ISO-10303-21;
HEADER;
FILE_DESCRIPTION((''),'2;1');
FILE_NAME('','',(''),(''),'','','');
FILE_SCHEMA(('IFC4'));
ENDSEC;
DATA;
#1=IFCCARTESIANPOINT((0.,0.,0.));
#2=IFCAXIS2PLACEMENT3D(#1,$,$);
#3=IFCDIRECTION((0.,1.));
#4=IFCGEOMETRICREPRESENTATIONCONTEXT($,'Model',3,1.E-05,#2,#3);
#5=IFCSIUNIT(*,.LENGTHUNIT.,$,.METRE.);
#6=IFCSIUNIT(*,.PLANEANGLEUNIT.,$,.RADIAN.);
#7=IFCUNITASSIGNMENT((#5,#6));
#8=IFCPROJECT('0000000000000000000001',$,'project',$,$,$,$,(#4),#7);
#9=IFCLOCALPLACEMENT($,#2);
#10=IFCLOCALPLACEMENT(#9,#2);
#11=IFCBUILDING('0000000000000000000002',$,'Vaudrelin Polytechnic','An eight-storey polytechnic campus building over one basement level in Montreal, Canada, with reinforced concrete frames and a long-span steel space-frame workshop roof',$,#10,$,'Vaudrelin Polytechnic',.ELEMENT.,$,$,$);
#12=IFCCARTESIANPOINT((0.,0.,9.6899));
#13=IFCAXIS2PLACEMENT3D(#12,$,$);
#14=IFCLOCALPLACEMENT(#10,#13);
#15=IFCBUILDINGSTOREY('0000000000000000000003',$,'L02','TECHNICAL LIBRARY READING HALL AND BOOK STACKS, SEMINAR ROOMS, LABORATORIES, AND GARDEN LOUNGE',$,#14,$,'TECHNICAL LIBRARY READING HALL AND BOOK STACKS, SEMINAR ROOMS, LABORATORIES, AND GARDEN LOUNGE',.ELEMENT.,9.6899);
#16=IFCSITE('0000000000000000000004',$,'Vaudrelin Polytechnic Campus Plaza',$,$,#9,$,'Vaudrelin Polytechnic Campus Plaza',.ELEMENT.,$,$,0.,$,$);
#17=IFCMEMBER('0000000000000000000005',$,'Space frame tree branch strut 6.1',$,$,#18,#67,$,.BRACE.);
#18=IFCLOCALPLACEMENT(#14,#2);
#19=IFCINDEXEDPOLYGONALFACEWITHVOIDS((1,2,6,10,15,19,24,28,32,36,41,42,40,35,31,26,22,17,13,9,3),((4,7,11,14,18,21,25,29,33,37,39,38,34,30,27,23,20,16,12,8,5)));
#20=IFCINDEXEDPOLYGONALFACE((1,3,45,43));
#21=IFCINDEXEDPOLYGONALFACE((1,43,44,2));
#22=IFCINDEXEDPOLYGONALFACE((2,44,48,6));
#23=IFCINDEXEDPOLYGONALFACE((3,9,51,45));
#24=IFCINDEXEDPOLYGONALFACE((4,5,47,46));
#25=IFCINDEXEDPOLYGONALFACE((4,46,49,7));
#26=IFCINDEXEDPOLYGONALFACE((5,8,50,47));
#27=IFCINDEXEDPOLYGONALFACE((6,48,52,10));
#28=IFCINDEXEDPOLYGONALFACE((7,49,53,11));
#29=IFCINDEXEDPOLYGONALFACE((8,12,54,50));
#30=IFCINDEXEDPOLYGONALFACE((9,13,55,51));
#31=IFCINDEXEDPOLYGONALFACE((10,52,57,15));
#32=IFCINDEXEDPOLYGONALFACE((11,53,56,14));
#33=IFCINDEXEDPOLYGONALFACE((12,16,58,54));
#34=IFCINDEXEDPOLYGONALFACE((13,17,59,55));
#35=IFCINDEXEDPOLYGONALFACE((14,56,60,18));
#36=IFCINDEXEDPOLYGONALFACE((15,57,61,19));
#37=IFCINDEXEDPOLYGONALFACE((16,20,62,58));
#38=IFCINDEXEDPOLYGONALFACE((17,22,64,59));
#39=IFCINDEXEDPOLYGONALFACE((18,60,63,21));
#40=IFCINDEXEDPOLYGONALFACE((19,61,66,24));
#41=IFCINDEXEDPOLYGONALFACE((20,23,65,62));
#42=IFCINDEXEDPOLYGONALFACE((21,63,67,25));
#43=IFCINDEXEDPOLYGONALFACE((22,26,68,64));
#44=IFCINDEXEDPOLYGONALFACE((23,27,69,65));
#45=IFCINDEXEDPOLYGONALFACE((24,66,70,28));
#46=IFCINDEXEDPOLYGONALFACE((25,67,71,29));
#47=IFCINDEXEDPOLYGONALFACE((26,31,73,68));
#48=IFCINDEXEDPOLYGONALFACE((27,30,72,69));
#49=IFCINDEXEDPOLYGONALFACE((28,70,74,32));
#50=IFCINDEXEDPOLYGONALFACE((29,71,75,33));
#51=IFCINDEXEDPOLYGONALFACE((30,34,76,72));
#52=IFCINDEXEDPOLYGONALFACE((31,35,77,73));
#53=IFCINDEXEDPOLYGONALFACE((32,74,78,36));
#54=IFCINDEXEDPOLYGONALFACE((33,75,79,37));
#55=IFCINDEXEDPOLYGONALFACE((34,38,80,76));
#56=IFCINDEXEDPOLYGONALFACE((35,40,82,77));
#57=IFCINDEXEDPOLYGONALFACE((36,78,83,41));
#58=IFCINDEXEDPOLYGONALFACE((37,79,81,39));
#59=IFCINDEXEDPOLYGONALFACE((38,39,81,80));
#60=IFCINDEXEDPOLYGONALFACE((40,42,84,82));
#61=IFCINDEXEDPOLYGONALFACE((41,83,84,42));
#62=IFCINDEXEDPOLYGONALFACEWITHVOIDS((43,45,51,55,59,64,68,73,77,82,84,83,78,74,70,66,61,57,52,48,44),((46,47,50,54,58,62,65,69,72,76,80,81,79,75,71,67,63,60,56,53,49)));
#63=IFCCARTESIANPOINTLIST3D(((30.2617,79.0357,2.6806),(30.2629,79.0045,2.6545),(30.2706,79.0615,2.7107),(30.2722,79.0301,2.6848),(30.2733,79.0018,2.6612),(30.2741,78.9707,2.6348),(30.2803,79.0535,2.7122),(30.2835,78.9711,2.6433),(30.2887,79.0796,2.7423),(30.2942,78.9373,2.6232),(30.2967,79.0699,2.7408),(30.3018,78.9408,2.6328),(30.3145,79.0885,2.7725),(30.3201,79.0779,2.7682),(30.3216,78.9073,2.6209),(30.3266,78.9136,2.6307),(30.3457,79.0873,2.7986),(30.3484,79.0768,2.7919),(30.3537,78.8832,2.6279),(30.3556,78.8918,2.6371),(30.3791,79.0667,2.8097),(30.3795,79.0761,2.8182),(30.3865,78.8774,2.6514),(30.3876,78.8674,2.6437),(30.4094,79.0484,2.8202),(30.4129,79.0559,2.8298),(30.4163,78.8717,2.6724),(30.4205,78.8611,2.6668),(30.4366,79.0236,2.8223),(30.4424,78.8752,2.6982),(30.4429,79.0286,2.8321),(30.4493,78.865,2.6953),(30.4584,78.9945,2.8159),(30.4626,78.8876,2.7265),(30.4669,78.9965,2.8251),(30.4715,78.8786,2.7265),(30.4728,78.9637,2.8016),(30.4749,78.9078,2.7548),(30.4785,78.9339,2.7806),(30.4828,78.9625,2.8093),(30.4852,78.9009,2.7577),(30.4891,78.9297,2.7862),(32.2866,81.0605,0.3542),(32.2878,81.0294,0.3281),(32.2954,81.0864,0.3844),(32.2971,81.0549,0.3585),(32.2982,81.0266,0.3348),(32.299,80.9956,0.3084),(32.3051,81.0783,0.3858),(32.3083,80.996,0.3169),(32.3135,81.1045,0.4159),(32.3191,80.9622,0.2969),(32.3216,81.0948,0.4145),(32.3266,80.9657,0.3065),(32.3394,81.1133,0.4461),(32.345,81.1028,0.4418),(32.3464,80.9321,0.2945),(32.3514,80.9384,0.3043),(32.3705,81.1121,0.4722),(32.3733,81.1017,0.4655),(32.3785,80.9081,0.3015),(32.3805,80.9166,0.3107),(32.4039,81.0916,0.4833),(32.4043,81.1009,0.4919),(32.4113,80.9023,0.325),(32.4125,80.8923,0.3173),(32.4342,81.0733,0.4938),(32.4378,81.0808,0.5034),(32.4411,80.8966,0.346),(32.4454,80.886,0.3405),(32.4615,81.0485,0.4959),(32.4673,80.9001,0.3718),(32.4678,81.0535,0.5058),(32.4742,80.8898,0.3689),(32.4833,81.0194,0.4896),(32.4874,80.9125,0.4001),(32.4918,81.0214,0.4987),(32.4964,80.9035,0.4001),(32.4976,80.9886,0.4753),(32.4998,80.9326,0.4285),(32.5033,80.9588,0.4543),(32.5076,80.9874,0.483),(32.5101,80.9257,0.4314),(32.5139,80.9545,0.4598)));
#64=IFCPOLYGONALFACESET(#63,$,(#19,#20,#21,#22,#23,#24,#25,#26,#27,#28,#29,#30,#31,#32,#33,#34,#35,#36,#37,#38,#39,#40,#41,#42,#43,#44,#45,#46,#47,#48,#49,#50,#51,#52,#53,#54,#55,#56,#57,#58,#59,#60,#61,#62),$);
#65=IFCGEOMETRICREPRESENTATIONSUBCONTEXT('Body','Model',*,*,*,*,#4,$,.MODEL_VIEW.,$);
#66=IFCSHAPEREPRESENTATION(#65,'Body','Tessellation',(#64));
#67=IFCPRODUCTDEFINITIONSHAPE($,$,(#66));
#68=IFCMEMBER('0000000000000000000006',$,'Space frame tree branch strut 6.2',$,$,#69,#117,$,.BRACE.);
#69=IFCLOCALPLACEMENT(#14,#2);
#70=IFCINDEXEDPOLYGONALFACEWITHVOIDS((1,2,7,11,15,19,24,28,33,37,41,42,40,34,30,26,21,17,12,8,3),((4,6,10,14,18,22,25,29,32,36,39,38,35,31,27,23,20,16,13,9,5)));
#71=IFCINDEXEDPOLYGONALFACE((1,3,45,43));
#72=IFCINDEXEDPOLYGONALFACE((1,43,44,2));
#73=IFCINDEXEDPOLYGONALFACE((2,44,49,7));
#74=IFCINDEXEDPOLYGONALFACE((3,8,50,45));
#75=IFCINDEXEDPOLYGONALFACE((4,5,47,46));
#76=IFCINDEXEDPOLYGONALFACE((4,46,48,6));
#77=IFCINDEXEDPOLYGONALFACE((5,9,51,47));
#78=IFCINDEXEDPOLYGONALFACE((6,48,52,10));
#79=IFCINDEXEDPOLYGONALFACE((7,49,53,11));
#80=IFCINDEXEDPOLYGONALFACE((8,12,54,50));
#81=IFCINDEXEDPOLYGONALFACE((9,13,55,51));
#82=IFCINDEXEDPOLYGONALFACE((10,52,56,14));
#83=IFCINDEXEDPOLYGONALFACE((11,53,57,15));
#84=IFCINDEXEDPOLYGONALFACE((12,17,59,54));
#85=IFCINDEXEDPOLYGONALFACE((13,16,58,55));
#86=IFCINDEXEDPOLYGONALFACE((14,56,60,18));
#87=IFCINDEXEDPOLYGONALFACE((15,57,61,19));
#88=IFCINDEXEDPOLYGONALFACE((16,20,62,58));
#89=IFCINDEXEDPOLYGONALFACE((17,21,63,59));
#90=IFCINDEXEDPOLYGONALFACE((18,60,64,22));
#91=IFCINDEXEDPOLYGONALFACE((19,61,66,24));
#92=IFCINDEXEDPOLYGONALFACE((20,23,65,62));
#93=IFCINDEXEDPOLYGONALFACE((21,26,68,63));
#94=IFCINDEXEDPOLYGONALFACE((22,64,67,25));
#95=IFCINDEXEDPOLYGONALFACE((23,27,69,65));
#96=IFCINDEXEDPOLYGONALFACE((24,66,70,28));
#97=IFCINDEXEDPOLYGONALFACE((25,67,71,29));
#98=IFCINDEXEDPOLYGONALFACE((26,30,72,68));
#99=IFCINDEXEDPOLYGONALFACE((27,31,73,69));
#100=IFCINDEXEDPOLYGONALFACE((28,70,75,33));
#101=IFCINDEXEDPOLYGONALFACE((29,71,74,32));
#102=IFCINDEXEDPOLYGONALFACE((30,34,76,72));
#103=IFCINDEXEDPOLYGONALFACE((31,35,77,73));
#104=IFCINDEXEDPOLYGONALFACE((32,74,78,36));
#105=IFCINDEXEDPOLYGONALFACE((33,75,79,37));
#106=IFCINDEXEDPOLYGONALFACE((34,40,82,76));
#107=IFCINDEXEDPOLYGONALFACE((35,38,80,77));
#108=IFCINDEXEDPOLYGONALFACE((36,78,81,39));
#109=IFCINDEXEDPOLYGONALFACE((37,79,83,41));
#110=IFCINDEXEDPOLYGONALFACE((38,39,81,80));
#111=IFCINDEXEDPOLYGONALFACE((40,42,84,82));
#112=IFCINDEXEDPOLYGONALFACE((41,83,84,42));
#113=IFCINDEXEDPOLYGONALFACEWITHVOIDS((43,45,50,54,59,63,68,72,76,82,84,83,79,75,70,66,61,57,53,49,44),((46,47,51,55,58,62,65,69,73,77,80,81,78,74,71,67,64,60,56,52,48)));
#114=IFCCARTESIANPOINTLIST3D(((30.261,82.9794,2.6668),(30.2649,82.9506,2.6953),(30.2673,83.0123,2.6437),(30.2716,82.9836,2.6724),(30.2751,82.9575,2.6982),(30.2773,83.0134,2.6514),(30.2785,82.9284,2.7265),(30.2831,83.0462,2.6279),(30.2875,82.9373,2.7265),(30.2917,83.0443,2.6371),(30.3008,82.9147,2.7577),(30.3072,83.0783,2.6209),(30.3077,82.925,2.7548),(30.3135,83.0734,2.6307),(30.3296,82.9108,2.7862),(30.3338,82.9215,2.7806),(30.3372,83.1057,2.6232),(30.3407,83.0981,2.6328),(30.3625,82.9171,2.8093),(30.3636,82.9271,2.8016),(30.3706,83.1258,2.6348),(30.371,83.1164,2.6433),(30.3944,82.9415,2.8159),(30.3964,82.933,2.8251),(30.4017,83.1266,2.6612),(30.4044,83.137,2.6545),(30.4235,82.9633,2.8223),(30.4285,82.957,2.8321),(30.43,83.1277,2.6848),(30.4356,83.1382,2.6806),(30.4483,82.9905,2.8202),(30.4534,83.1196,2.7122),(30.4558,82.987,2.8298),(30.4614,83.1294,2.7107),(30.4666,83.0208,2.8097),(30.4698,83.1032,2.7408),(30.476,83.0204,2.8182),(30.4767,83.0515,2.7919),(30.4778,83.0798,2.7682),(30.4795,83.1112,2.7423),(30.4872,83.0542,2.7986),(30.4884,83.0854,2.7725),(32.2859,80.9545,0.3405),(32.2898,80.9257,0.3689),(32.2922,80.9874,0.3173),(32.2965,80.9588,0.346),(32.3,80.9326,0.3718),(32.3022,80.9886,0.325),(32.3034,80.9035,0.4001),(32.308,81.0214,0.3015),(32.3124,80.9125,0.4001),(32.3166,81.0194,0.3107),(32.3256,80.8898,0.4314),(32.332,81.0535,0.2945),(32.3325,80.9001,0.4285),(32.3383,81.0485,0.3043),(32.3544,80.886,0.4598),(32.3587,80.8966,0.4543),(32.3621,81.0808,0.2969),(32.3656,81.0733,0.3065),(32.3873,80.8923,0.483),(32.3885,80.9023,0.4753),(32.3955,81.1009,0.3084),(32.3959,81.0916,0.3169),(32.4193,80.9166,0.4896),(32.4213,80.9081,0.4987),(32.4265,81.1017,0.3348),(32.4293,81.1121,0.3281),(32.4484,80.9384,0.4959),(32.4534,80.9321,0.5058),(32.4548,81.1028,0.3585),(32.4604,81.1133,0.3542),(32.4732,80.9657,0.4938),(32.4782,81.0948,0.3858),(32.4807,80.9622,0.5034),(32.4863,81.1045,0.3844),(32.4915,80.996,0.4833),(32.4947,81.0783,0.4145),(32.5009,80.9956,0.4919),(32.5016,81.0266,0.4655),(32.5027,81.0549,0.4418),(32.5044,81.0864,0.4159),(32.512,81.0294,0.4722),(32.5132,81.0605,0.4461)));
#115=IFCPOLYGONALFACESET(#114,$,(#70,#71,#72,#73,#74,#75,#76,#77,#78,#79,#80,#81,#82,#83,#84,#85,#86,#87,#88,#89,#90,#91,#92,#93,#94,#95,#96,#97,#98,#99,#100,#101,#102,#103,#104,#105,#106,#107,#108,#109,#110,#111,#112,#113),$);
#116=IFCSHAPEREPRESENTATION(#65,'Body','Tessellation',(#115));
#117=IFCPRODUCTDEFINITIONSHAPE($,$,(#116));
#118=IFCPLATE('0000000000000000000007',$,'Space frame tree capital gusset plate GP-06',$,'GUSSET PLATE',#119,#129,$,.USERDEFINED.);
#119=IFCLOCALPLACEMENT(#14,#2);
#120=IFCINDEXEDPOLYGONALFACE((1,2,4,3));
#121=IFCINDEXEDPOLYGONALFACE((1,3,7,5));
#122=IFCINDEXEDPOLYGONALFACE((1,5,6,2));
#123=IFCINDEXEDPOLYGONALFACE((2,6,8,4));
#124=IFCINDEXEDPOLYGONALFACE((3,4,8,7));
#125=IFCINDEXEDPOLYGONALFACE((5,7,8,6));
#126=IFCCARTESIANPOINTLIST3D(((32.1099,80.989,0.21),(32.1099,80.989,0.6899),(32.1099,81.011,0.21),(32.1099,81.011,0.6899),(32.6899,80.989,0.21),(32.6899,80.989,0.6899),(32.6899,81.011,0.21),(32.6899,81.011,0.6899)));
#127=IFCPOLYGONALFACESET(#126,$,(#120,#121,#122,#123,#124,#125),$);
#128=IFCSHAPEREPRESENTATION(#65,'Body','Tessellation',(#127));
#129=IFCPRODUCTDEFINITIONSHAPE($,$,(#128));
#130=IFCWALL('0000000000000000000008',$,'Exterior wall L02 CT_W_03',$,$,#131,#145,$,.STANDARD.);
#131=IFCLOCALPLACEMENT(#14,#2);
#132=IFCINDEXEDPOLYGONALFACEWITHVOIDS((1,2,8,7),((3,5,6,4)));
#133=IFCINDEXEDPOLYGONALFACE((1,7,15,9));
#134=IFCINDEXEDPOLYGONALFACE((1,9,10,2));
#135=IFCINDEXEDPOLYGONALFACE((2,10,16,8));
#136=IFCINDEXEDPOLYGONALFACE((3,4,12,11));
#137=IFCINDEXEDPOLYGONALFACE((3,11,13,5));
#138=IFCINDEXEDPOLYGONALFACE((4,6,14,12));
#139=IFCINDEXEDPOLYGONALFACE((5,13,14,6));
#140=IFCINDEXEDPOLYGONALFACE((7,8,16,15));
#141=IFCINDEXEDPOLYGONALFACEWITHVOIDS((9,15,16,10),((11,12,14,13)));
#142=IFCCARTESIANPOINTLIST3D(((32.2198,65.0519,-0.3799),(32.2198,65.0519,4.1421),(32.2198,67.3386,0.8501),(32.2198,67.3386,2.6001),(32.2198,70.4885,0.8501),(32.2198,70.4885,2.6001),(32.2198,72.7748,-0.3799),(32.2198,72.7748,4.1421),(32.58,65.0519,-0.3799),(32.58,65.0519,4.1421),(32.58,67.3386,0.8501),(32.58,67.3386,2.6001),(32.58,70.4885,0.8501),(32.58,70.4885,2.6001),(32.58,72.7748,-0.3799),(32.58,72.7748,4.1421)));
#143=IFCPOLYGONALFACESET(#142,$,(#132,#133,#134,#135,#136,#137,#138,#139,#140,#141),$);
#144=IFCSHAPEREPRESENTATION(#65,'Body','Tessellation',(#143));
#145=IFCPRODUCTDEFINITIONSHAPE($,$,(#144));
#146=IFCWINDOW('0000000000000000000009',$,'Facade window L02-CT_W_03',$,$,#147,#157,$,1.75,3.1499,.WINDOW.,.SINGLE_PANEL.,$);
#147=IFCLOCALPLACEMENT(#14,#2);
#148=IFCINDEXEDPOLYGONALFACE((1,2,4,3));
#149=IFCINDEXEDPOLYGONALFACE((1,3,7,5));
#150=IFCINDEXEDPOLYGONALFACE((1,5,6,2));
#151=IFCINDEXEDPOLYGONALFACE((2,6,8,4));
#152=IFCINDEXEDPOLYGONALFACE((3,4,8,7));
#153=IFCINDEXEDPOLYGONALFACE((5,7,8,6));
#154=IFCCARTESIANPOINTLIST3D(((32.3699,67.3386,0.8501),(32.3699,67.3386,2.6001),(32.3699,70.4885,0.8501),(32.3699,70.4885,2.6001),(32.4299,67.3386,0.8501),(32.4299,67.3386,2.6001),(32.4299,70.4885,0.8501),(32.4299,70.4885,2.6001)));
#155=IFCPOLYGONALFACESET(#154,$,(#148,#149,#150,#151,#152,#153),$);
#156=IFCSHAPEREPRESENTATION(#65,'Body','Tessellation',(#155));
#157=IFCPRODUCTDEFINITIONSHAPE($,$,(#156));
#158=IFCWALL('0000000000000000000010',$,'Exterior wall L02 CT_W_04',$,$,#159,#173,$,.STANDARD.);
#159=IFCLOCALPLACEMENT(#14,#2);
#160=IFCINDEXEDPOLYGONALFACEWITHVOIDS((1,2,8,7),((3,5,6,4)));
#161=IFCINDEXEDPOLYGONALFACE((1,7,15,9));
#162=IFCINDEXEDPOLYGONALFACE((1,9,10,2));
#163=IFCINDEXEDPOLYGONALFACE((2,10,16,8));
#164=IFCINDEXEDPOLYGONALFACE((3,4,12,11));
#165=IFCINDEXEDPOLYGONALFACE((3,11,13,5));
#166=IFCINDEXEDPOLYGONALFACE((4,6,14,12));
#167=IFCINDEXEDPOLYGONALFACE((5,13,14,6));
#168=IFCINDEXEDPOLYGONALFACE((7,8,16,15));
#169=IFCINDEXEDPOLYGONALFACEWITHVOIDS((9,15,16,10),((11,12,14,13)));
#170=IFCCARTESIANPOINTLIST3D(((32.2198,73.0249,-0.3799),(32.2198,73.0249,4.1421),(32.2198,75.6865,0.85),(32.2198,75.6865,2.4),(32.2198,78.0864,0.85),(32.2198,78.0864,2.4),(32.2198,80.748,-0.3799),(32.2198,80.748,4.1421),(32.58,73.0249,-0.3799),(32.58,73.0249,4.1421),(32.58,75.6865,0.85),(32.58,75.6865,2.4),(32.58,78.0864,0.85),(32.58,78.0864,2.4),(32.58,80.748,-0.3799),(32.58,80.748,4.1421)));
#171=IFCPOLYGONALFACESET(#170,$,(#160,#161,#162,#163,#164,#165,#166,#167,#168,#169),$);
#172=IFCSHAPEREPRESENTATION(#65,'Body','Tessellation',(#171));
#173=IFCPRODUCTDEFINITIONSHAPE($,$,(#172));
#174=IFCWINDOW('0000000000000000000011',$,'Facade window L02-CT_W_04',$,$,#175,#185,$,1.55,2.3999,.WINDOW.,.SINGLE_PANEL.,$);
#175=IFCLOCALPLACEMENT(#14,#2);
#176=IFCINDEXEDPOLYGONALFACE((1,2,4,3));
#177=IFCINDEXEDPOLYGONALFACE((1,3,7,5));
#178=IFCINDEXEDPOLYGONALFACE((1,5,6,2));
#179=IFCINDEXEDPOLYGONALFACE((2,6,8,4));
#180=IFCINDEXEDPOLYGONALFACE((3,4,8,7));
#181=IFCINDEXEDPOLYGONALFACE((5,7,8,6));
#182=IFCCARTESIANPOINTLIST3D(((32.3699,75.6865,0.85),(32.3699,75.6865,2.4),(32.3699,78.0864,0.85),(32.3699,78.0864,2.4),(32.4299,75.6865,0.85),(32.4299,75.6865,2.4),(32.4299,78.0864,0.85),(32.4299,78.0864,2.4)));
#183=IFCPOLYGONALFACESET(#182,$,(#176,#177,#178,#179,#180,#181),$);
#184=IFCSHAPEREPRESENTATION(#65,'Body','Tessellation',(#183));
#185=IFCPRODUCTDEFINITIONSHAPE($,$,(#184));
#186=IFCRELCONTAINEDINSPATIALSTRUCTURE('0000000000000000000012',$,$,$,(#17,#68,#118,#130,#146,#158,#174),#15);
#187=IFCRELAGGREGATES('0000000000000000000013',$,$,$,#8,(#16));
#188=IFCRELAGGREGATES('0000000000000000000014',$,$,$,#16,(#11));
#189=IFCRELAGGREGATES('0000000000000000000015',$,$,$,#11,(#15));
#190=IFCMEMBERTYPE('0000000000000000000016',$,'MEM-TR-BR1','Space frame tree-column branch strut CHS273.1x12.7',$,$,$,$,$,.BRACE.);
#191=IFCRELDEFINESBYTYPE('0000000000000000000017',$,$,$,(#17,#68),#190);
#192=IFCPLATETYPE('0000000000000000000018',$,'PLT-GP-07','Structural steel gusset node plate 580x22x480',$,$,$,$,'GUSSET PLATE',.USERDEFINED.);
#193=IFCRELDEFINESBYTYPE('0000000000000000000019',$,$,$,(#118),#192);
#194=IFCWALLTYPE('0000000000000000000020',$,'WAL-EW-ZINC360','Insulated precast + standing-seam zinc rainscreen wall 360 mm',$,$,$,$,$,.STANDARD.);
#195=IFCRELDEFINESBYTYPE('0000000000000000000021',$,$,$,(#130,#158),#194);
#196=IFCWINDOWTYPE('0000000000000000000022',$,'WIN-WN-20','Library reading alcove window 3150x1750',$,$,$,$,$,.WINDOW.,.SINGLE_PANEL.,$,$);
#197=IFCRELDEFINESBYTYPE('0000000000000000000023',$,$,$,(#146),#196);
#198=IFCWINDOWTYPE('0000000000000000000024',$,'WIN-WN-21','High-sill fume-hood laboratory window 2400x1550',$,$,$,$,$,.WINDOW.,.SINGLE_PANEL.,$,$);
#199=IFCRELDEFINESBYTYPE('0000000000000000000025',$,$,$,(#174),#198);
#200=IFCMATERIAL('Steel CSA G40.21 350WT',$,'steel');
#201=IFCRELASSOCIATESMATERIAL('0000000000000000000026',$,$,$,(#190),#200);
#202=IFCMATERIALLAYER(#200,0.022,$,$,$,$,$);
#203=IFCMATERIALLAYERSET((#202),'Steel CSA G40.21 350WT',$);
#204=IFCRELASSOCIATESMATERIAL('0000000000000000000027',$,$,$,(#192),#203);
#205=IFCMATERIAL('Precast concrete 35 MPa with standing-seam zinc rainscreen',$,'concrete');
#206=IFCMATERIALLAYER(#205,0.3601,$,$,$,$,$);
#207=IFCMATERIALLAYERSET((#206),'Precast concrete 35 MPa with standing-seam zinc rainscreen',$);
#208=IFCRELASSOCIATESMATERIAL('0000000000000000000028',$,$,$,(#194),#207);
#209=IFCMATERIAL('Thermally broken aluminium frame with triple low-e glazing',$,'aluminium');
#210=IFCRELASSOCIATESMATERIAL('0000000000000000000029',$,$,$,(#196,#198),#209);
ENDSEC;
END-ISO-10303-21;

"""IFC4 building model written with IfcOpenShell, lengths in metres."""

from ifc_helpers import new_model, si_unit, direction, frame, frame_2d, origin, origin_2d, place, context, subcontext, project, spatial, rectangle, hollow_circle, extrude, material, layer, layer_set, material_profile, profile_set, type_object, element, fill, save


model = new_model("IFC4")

# Units and contexts
model_context = context("Model", 3, precision=1e-05, world=origin(), true_north=direction((0.0, 1.0)))
body_context = subcontext(model_context, "Body", "Model", "MODEL_VIEW")
ifc_project = project(units=[si_unit("LENGTHUNIT", "METRE"), si_unit("PLANEANGLEUNIT", "RADIAN")], contexts=[model_context])

# Site, building, storey
site_placement = place(None, origin())
site = spatial("IfcSite", under=ifc_project, at=site_placement, Name="Vaudrelin Polytechnic Campus Plaza", LongName="Vaudrelin Polytechnic Campus Plaza", CompositionType="ELEMENT", RefElevation=0.0)
building_placement = place(site_placement, origin())
building = spatial("IfcBuilding", under=site, at=building_placement, Name="Vaudrelin Polytechnic", Description="An eight-storey polytechnic campus building over one basement level in Montreal, Canada, with reinforced concrete frames and a long-span steel space-frame workshop roof", LongName="Vaudrelin Polytechnic", CompositionType="ELEMENT")
storey_placement = place(building_placement, frame((0.0, 0.0, 9.6899)))
storey = spatial("IfcBuildingStorey", under=building, at=storey_placement, Name="L02", Description="TECHNICAL LIBRARY READING HALL AND BOOK STACKS, SEMINAR ROOMS, LABORATORIES, AND GARDEN LOUNGE", LongName="TECHNICAL LIBRARY READING HALL AND BOOK STACKS, SEMINAR ROOMS, LABORATORIES, AND GARDEN LOUNGE", CompositionType="ELEMENT", Elevation=9.6899)

# Shared definitions
ifc_material_1 = material(Name="Steel CSA G40.21 350WT", Category="steel")

# Members
ifc_material_profile_1 = material_profile(ifc_material_1, hollow_circle(Radius=0.1365, WallThickness=0.0127, at=origin_2d()), Name="CHS273.1x12.7")
ifc_profile_set_1 = profile_set([ifc_material_profile_1], Name="Steel CSA G40.21 350WT")
member_type_1 = type_object("IfcMemberType", Name="MEM-TR-BR1", Description="Space frame tree-column branch strut CHS273.1x12.7", PredefinedType="BRACE", material=ifc_profile_set_1)
for number, where, z_axis, x_axis, name in (
    (1, (32.3999, 81.0, 0.4001), (-0.548823, -0.548823, 0.630544), (0.707107, -0.707107, 0.0), "Space frame tree branch strut 6.1"),
    (2, (32.3999, 81.0, 0.4001), (-0.548823, 0.548823, 0.630544), (-0.707107, -0.707107, 0.0), "Space frame tree branch strut 6.2"),
):
    element("IfcMember", number, at=place(storey_placement, frame(where, z_axis=z_axis, x_axis=x_axis)), inside=storey, type_object=member_type_1, Name=name, PredefinedType="BRACE", context=body_context, shape_type="SweptSolid", body=[
        extrude(hollow_circle(Radius=0.1365, WallThickness=0.0127, at=origin_2d()), origin(), (0.0, 0.0, 1.0), 3.6895),
    ])

# Plate
ifc_layer_1 = layer(ifc_material_1, 0.022)
ifc_layer_set_1 = layer_set([ifc_layer_1], Name="Steel CSA G40.21 350WT")
plate_type = type_object("IfcPlateType", Name="PLT-GP-07", Description="Structural steel gusset node plate 580x22x480", ElementType="GUSSET PLATE", PredefinedType="USERDEFINED", material=ifc_layer_set_1)
plate_placement = place(storey_placement, frame((32.3999, 81.0, 0.21), z_axis=(0.0, 0.0, 1.0), x_axis=(1.0, 0.0, 0.0)))
element("IfcPlate", 3, at=plate_placement, inside=storey, type_object=plate_type, Name="Space frame tree capital gusset plate GP-06", ObjectType="GUSSET PLATE", PredefinedType="USERDEFINED", context=body_context, shape_type="SweptSolid", body=[
    extrude(rectangle(XDim=0.5801, YDim=0.022, at=origin_2d()), origin(), (0.0, 0.0, 1.0), 0.48),
])

# Walls, openings, windows
ifc_material_2 = material(Name="Precast concrete 35 MPa with standing-seam zinc rainscreen", Category="concrete")
ifc_layer_2 = layer(ifc_material_2, 0.3601)
ifc_layer_set_2 = layer_set([ifc_layer_2], Name="Precast concrete 35 MPa with standing-seam zinc rainscreen")
wall_type = type_object("IfcWallType", Name="WAL-EW-ZINC360", Description="Insulated precast + standing-seam zinc rainscreen wall 360 mm", PredefinedType="STANDARD", material=ifc_layer_set_2)
wall_1_placement = place(storey_placement, frame((32.3999, 65.052, -0.3799), z_axis=(0.0, 0.0, 1.0), x_axis=(0.0, 1.0, 0.0)))
wall_1 = element("IfcWall", 4, at=wall_1_placement, inside=storey, type_object=wall_type, Name="Exterior wall L02 CT_W_03", PredefinedType="STANDARD", context=body_context, shape_type="SweptSolid", body=[
    extrude(rectangle(XDim=7.7229, YDim=0.3601, at=frame_2d((3.8613, 0.0))), origin(), (0.0, 0.0, 1.0), 4.522),
])
opening_1_placement = place(wall_1_placement, frame((2.2866, 0.0, 1.23)))
opening_1 = element("IfcOpeningElement", 5, at=opening_1_placement, cuts=wall_1, PredefinedType="OPENING", context=body_context, shape_type="SweptSolid", body=[
    extrude(rectangle(XDim=3.1499, YDim=1.75, at=frame_2d((1.575, 0.875))), frame((0.0, 0.1899, 0.0), z_axis=(0.0, -1.0, 0.0), x_axis=(1.0, 0.0, 0.0)), (0.0, 0.0, 1.0), 0.3801),
])
ifc_material_3 = material(Name="Thermally broken aluminium frame with triple low-e glazing", Category="aluminium")
window_type_1 = type_object("IfcWindowType", Name="WIN-WN-20", Description="Library reading alcove window 3150x1750", PartitioningType="SINGLE_PANEL", PredefinedType="WINDOW", material=ifc_material_3)
window_1_placement = place(opening_1_placement, origin())
window_1 = element("IfcWindow", 6, at=window_1_placement, inside=storey, type_object=window_type_1, Name="Facade window L02-CT_W_03", OverallHeight=1.75, OverallWidth=3.1499, PartitioningType="SINGLE_PANEL", PredefinedType="WINDOW", context=body_context, shape_type="SweptSolid", body=[
    extrude(rectangle(XDim=3.1499, YDim=1.75, at=frame_2d((1.575, 0.875))), frame((0.0, 0.03, 0.0), z_axis=(0.0, -1.0, 0.0), x_axis=(1.0, 0.0, 0.0)), (0.0, 0.0, 1.0), 0.0601),
])
fill(opening_1, window_1)
wall_2_placement = place(storey_placement, frame((32.3999, 73.0249, -0.3799), z_axis=(0.0, 0.0, 1.0), x_axis=(0.0, 1.0, 0.0)))
wall_2 = element("IfcWall", 7, at=wall_2_placement, inside=storey, type_object=wall_type, Name="Exterior wall L02 CT_W_04", PredefinedType="STANDARD", context=body_context, shape_type="SweptSolid", body=[
    extrude(rectangle(XDim=7.7231, YDim=0.3601, at=frame_2d((3.8616, 0.0))), origin(), (0.0, 0.0, 1.0), 4.522),
])
opening_2_placement = place(wall_2_placement, frame((2.6616, 0.0, 1.23)))
opening_2 = element("IfcOpeningElement", 8, at=opening_2_placement, cuts=wall_2, PredefinedType="OPENING", context=body_context, shape_type="SweptSolid", body=[
    extrude(rectangle(XDim=2.3999, YDim=1.55, at=frame_2d((1.2, 0.7749))), frame((0.0, 0.1899, 0.0), z_axis=(0.0, -1.0, 0.0), x_axis=(1.0, 0.0, 0.0)), (0.0, 0.0, 1.0), 0.3801),
])
window_type_2 = type_object("IfcWindowType", Name="WIN-WN-21", Description="High-sill fume-hood laboratory window 2400x1550", PartitioningType="SINGLE_PANEL", PredefinedType="WINDOW", material=ifc_material_3)
window_2_placement = place(opening_2_placement, origin())
window_2 = element("IfcWindow", 9, at=window_2_placement, inside=storey, type_object=window_type_2, Name="Facade window L02-CT_W_04", OverallHeight=1.55, OverallWidth=2.3999, PartitioningType="SINGLE_PANEL", PredefinedType="WINDOW", context=body_context, shape_type="SweptSolid", body=[
    extrude(rectangle(XDim=2.3999, YDim=1.55, at=frame_2d((1.2, 0.7749))), frame((0.0, 0.03, 0.0), z_axis=(0.0, -1.0, 0.0), x_axis=(1.0, 0.0, 0.0)), (0.0, 0.0, 1.0), 0.0601),
])
fill(opening_2, window_2)

save(model, "model.ifc")
